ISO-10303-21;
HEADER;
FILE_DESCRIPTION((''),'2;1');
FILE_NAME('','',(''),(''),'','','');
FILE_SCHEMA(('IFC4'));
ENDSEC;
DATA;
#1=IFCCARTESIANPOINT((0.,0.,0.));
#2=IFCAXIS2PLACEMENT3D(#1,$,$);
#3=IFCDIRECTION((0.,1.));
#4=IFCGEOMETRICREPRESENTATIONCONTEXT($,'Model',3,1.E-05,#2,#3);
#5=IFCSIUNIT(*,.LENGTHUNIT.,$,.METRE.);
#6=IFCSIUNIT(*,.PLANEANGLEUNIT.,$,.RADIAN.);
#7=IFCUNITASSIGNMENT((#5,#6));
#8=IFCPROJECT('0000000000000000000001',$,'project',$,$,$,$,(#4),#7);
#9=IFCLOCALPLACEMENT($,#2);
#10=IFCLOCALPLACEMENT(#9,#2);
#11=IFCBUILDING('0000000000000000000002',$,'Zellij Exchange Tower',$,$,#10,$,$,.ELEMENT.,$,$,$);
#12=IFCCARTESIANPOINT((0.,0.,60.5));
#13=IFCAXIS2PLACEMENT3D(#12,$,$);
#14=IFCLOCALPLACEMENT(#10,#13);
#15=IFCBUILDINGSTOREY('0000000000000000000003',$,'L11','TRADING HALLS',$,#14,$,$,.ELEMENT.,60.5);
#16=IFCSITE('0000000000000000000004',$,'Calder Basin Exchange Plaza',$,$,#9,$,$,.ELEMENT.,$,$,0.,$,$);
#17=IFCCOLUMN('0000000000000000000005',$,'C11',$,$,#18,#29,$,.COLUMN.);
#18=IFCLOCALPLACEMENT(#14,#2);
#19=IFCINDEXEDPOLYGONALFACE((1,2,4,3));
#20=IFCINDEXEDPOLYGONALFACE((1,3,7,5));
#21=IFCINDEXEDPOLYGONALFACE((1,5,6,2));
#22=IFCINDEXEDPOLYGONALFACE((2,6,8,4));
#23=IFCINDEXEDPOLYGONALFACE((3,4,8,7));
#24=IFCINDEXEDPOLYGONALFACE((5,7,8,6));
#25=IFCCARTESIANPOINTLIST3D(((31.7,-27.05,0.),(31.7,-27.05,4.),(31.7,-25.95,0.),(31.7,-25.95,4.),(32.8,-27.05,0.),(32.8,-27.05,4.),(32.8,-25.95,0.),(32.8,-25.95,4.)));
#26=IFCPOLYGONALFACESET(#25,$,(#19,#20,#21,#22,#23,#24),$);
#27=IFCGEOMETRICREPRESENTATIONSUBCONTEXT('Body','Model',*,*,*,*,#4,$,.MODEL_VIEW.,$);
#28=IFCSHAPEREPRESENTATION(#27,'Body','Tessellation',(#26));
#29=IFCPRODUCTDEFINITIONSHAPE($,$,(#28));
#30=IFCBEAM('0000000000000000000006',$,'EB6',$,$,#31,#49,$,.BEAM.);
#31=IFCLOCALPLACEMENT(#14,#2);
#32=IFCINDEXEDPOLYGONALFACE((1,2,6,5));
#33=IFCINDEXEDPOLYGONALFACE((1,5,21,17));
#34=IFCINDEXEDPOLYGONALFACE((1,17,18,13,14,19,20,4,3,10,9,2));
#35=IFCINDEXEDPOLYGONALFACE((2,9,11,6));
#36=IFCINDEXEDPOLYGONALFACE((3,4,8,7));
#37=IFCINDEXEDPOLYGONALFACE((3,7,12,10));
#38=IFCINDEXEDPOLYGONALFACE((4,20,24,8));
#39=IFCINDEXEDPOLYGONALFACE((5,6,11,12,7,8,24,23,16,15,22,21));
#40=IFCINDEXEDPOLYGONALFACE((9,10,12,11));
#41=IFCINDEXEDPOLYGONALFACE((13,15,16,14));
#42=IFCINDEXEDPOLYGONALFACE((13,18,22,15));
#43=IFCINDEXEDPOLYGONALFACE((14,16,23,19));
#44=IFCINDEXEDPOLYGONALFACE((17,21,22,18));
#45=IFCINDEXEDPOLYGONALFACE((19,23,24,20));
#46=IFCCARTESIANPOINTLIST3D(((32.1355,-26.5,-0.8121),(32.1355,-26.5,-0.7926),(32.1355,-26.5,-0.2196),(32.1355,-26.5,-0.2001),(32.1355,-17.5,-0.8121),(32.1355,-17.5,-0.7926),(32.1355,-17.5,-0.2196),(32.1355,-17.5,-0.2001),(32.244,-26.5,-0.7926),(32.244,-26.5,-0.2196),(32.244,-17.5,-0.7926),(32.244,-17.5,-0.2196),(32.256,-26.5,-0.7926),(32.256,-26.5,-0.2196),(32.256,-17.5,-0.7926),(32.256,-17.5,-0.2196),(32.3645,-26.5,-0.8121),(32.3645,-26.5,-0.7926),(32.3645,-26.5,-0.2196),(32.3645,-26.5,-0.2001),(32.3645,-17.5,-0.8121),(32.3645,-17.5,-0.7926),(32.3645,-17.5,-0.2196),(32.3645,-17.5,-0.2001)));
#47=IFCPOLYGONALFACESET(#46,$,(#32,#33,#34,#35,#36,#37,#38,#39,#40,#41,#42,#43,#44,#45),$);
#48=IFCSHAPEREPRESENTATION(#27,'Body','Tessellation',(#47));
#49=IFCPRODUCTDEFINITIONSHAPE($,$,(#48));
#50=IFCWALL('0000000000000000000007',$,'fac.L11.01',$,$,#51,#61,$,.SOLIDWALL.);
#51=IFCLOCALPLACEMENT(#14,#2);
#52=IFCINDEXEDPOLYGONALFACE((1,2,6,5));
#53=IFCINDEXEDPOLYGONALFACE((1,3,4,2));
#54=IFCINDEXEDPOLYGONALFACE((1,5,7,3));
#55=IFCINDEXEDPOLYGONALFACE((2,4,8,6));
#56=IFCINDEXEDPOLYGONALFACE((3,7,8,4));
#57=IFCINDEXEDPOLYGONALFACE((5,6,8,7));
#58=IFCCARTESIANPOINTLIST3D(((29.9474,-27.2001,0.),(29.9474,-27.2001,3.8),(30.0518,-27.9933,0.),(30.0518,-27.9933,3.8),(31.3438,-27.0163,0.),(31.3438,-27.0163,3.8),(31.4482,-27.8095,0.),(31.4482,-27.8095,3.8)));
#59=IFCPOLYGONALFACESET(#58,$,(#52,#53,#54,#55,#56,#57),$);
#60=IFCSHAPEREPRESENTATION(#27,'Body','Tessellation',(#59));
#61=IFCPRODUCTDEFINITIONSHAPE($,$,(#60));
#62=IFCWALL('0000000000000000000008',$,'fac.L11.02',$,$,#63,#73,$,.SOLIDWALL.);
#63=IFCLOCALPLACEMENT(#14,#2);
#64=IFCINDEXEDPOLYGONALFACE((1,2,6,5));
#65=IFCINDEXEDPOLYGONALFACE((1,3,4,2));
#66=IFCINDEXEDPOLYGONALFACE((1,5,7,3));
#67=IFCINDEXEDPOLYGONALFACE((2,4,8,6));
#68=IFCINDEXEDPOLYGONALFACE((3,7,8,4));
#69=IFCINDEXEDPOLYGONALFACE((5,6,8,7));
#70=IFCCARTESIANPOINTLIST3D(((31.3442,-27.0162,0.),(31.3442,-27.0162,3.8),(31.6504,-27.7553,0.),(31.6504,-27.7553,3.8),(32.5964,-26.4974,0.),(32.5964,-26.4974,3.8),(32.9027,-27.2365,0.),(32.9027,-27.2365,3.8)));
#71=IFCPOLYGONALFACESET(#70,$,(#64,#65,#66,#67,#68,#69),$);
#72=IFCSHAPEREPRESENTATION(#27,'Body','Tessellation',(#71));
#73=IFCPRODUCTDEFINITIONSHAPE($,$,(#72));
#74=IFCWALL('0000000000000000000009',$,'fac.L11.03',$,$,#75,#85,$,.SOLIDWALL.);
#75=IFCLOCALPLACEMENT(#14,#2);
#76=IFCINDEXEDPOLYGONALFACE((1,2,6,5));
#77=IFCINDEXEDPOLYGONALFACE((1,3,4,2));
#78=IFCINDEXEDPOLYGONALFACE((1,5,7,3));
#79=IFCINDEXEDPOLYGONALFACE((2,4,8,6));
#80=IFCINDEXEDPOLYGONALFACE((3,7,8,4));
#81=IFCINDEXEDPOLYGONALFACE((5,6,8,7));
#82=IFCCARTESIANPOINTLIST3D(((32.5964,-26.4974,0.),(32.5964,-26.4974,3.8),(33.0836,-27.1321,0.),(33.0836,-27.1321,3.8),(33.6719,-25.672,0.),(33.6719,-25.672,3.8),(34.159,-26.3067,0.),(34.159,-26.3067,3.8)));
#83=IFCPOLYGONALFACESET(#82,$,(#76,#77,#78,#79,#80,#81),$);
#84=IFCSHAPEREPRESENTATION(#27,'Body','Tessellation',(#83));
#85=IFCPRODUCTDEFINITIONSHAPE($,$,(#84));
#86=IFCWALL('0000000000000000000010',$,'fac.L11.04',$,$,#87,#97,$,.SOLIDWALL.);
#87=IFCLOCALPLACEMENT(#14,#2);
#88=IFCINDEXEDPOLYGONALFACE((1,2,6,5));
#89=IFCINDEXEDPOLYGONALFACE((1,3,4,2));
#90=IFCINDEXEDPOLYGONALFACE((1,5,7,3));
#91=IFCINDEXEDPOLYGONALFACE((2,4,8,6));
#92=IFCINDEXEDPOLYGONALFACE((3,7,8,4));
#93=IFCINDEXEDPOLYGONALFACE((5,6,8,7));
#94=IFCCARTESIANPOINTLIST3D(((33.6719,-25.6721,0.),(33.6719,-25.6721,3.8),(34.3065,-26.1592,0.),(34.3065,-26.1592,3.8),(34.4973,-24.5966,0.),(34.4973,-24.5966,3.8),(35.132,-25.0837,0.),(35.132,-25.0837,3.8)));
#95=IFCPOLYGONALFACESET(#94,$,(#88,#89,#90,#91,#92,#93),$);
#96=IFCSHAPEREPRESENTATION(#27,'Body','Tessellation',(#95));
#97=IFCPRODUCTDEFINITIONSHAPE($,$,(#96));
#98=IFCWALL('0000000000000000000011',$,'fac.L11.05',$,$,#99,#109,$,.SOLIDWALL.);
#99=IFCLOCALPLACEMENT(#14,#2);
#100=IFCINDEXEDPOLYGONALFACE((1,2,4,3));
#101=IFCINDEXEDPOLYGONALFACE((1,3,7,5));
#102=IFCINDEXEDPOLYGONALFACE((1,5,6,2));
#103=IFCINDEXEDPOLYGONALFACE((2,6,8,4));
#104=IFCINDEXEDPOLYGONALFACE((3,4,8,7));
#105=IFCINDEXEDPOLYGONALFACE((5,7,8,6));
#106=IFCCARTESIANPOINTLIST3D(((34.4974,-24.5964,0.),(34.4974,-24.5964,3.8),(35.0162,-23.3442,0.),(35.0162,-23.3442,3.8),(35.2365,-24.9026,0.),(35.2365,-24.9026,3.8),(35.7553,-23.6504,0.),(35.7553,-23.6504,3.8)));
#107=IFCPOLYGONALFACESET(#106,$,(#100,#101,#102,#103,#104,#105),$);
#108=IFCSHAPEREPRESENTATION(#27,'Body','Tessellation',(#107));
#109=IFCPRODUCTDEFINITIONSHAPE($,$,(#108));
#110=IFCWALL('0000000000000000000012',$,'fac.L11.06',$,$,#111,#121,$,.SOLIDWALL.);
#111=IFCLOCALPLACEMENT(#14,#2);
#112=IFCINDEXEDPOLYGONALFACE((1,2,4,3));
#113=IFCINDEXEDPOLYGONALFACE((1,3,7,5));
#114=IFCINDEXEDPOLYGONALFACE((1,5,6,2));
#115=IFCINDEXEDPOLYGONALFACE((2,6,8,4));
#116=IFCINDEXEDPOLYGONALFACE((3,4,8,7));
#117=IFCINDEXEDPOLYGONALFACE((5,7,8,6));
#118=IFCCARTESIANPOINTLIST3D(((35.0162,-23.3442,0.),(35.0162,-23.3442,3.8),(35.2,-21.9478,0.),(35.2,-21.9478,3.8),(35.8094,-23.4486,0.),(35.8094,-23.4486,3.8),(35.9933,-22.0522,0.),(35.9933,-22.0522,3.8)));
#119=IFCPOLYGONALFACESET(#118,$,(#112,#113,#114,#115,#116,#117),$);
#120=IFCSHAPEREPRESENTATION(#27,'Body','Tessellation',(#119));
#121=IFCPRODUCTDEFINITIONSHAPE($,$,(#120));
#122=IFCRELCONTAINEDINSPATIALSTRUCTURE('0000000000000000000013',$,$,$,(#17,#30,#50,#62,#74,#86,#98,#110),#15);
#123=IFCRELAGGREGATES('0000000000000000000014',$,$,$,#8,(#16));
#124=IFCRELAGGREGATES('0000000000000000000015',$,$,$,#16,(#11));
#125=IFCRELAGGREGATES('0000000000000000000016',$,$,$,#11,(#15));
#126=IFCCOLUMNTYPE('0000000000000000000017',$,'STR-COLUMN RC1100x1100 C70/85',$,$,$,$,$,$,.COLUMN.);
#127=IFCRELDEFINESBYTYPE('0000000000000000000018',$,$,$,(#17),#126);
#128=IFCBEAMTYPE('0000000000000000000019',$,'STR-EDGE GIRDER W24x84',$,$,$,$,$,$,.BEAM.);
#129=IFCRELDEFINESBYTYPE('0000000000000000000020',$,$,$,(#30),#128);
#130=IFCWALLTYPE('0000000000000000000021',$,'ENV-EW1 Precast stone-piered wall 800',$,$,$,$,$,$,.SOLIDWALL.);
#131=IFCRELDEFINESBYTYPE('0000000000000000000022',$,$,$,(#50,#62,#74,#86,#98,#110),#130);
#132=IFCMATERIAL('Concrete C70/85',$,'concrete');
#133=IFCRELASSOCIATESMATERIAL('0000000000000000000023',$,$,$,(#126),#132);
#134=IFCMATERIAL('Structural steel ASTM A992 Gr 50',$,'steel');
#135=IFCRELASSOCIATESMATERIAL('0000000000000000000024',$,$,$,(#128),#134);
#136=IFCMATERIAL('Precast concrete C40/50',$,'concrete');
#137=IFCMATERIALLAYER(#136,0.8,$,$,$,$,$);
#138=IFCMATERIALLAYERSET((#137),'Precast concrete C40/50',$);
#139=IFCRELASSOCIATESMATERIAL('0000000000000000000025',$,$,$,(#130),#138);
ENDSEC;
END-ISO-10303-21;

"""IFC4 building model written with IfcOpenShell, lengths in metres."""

from ifc_helpers import new_model, si_unit, direction, frame, frame_2d, origin, origin_2d, place, context, subcontext, project, spatial, rectangle, i_section, extrude, material, layer, layer_set, material_profile, profile_set, type_object, element, save


model = new_model("IFC4")

# Units and contexts
model_context = context("Model", 3, precision=1e-05, world=origin(), true_north=direction((0.0, 1.0)))
body_context = subcontext(model_context, "Body", "Model", "MODEL_VIEW")
ifc_project = project(units=[si_unit("LENGTHUNIT", "METRE"), si_unit("PLANEANGLEUNIT", "RADIAN")], contexts=[model_context])

# Site, building, storey
site_placement = place(None, origin())
site = spatial("IfcSite", under=ifc_project, at=site_placement, Name="Calder Basin Exchange Plaza", CompositionType="ELEMENT", RefElevation=0.0)
building_placement = place(site_placement, origin())
building = spatial("IfcBuilding", under=site, at=building_placement, Name="Zellij Exchange Tower", CompositionType="ELEMENT")
storey_placement = place(building_placement, frame((0.0, 0.0, 60.5)))
storey = spatial("IfcBuildingStorey", under=building, at=storey_placement, Name="L11", Description="TRADING HALLS", CompositionType="ELEMENT", Elevation=60.5)

# Column
ifc_material_1 = material(Name="Concrete C70/85", Category="concrete")
ifc_material_profile_1 = material_profile(ifc_material_1, rectangle(XDim=1.1001, YDim=1.1001, at=origin_2d()), Name="STR-COLUMN RC1100x1100 C70/85")
ifc_profile_set_1 = profile_set([ifc_material_profile_1], Name="Concrete C70/85")
column_type = type_object("IfcColumnType", Name="STR-COLUMN RC1100x1100 C70/85", PredefinedType="COLUMN", material=ifc_profile_set_1)
column_placement = place(storey_placement, frame((32.25, -26.5, 0.0), z_axis=(0.0, 0.0, 1.0), x_axis=(1.0, 0.0, 0.0)))
element("IfcColumn", 1, at=column_placement, inside=storey, type_object=column_type, Name="C11", PredefinedType="COLUMN", context=body_context, shape_type="SweptSolid", body=[
    extrude(rectangle(XDim=1.1001, YDim=1.1001, at=origin_2d()), origin(), (0.0, 0.0, 1.0), 4.0),
])

# Beam
ifc_material_2 = material(Name="Structural steel ASTM A992 Gr 50", Category="steel")
ifc_material_profile_2 = material_profile(ifc_material_2, i_section(OverallWidth=0.229, OverallDepth=0.6121, WebThickness=0.012, FlangeThickness=0.0195, at=origin_2d()), Name="W24x84")
ifc_profile_set_2 = profile_set([ifc_material_profile_2], Name="Structural steel ASTM A992 Gr 50")
beam_type = type_object("IfcBeamType", Name="STR-EDGE GIRDER W24x84", PredefinedType="BEAM", material=ifc_profile_set_2)
beam_placement = place(storey_placement, frame((32.25, -26.5, -0.5061), z_axis=(0.0, 1.0, 0.0), x_axis=(-1.0, 0.0, 0.0)))
element("IfcBeam", 2, at=beam_placement, inside=storey, type_object=beam_type, Name="EB6", PredefinedType="BEAM", context=body_context, shape_type="SweptSolid", body=[
    extrude(i_section(OverallWidth=0.229, OverallDepth=0.6121, WebThickness=0.012, FlangeThickness=0.0195, at=origin_2d()), origin(), (0.0, 0.0, 1.0), 9.0),
])

# Walls
ifc_material_3 = material(Name="Precast concrete C40/50", Category="concrete")
ifc_layer_1 = layer(ifc_material_3, 0.8)
ifc_layer_set_1 = layer_set([ifc_layer_1], Name="Precast concrete C40/50")
wall_type = type_object("IfcWallType", Name="ENV-EW1 Precast stone-piered wall 800", PredefinedType="SOLIDWALL", material=ifc_layer_set_1)
wall_1_placement = place(storey_placement, frame((29.9998, -27.5967, 0.0), z_axis=(0.0, 0.0, 1.0), x_axis=(0.991446, 0.130517, 0.0)))
element("IfcWall", 3, at=wall_1_placement, inside=storey, type_object=wall_type, Name="fac.L11.01", PredefinedType="SOLIDWALL", context=body_context, shape_type="SweptSolid", body=[
    extrude(rectangle(XDim=1.4084, YDim=0.8, at=frame_2d((0.7041, 0.0))), origin(), (0.0, 0.0, 1.0), 3.8),
])
wall_2_placement = place(storey_placement, frame((31.4973, -27.3857, 0.0), z_axis=(0.0, 0.0, 1.0), x_axis=(0.923848, 0.38276, 0.0)))
element("IfcWall", 4, at=wall_2_placement, inside=storey, type_object=wall_type, Name="fac.L11.02", PredefinedType="SOLIDWALL", context=body_context, shape_type="SweptSolid", body=[
    extrude(rectangle(XDim=1.3555, YDim=0.8, at=frame_2d((0.6777, 0.0))), origin(), (0.0, 0.0, 1.0), 3.8),
])
for number, where, z_axis, x_axis, name in (
    (5, (32.8401, -26.8147, 0.0), (0.0, 0.0, 1.0), (0.793273, 0.608866, 0.0), "fac.L11.03"),
    (6, (33.9893, -25.9155, 0.0), (0.0, 0.0, 1.0), (0.608866, 0.793273, 0.0), "fac.L11.04"),
):
    element("IfcWall", number, at=place(storey_placement, frame(where, z_axis=z_axis, x_axis=x_axis)), inside=storey, type_object=wall_type, Name=name, PredefinedType="SOLIDWALL", context=body_context, shape_type="SweptSolid", body=[
        extrude(rectangle(XDim=1.3557, YDim=0.8, at=frame_2d((0.6777, 0.0))), origin(), (0.0, 0.0, 1.0), 3.8),
    ])
wall_3_placement = place(storey_placement, frame((34.8669, -24.7495, 0.0), z_axis=(0.0, 0.0, 1.0), x_axis=(0.38276, 0.923848, 0.0)))
element("IfcWall", 7, at=wall_3_placement, inside=storey, type_object=wall_type, Name="fac.L11.05", PredefinedType="SOLIDWALL", context=body_context, shape_type="SweptSolid", body=[
    extrude(rectangle(XDim=1.3555, YDim=0.8, at=frame_2d((0.6777, 0.0))), origin(), (0.0, 0.0, 1.0), 3.8),
])
wall_4_placement = place(storey_placement, frame((35.4128, -23.3962, 0.0), z_axis=(0.0, 0.0, 1.0), x_axis=(0.130517, 0.991446, 0.0)))
element("IfcWall", 8, at=wall_4_placement, inside=storey, type_object=wall_type, Name="fac.L11.06", PredefinedType="SOLIDWALL", context=body_context, shape_type="SweptSolid", body=[
    extrude(rectangle(XDim=1.4084, YDim=0.8, at=frame_2d((0.7041, 0.0))), origin(), (0.0, 0.0, 1.0), 3.8),
])

save(model, "model.ifc")
